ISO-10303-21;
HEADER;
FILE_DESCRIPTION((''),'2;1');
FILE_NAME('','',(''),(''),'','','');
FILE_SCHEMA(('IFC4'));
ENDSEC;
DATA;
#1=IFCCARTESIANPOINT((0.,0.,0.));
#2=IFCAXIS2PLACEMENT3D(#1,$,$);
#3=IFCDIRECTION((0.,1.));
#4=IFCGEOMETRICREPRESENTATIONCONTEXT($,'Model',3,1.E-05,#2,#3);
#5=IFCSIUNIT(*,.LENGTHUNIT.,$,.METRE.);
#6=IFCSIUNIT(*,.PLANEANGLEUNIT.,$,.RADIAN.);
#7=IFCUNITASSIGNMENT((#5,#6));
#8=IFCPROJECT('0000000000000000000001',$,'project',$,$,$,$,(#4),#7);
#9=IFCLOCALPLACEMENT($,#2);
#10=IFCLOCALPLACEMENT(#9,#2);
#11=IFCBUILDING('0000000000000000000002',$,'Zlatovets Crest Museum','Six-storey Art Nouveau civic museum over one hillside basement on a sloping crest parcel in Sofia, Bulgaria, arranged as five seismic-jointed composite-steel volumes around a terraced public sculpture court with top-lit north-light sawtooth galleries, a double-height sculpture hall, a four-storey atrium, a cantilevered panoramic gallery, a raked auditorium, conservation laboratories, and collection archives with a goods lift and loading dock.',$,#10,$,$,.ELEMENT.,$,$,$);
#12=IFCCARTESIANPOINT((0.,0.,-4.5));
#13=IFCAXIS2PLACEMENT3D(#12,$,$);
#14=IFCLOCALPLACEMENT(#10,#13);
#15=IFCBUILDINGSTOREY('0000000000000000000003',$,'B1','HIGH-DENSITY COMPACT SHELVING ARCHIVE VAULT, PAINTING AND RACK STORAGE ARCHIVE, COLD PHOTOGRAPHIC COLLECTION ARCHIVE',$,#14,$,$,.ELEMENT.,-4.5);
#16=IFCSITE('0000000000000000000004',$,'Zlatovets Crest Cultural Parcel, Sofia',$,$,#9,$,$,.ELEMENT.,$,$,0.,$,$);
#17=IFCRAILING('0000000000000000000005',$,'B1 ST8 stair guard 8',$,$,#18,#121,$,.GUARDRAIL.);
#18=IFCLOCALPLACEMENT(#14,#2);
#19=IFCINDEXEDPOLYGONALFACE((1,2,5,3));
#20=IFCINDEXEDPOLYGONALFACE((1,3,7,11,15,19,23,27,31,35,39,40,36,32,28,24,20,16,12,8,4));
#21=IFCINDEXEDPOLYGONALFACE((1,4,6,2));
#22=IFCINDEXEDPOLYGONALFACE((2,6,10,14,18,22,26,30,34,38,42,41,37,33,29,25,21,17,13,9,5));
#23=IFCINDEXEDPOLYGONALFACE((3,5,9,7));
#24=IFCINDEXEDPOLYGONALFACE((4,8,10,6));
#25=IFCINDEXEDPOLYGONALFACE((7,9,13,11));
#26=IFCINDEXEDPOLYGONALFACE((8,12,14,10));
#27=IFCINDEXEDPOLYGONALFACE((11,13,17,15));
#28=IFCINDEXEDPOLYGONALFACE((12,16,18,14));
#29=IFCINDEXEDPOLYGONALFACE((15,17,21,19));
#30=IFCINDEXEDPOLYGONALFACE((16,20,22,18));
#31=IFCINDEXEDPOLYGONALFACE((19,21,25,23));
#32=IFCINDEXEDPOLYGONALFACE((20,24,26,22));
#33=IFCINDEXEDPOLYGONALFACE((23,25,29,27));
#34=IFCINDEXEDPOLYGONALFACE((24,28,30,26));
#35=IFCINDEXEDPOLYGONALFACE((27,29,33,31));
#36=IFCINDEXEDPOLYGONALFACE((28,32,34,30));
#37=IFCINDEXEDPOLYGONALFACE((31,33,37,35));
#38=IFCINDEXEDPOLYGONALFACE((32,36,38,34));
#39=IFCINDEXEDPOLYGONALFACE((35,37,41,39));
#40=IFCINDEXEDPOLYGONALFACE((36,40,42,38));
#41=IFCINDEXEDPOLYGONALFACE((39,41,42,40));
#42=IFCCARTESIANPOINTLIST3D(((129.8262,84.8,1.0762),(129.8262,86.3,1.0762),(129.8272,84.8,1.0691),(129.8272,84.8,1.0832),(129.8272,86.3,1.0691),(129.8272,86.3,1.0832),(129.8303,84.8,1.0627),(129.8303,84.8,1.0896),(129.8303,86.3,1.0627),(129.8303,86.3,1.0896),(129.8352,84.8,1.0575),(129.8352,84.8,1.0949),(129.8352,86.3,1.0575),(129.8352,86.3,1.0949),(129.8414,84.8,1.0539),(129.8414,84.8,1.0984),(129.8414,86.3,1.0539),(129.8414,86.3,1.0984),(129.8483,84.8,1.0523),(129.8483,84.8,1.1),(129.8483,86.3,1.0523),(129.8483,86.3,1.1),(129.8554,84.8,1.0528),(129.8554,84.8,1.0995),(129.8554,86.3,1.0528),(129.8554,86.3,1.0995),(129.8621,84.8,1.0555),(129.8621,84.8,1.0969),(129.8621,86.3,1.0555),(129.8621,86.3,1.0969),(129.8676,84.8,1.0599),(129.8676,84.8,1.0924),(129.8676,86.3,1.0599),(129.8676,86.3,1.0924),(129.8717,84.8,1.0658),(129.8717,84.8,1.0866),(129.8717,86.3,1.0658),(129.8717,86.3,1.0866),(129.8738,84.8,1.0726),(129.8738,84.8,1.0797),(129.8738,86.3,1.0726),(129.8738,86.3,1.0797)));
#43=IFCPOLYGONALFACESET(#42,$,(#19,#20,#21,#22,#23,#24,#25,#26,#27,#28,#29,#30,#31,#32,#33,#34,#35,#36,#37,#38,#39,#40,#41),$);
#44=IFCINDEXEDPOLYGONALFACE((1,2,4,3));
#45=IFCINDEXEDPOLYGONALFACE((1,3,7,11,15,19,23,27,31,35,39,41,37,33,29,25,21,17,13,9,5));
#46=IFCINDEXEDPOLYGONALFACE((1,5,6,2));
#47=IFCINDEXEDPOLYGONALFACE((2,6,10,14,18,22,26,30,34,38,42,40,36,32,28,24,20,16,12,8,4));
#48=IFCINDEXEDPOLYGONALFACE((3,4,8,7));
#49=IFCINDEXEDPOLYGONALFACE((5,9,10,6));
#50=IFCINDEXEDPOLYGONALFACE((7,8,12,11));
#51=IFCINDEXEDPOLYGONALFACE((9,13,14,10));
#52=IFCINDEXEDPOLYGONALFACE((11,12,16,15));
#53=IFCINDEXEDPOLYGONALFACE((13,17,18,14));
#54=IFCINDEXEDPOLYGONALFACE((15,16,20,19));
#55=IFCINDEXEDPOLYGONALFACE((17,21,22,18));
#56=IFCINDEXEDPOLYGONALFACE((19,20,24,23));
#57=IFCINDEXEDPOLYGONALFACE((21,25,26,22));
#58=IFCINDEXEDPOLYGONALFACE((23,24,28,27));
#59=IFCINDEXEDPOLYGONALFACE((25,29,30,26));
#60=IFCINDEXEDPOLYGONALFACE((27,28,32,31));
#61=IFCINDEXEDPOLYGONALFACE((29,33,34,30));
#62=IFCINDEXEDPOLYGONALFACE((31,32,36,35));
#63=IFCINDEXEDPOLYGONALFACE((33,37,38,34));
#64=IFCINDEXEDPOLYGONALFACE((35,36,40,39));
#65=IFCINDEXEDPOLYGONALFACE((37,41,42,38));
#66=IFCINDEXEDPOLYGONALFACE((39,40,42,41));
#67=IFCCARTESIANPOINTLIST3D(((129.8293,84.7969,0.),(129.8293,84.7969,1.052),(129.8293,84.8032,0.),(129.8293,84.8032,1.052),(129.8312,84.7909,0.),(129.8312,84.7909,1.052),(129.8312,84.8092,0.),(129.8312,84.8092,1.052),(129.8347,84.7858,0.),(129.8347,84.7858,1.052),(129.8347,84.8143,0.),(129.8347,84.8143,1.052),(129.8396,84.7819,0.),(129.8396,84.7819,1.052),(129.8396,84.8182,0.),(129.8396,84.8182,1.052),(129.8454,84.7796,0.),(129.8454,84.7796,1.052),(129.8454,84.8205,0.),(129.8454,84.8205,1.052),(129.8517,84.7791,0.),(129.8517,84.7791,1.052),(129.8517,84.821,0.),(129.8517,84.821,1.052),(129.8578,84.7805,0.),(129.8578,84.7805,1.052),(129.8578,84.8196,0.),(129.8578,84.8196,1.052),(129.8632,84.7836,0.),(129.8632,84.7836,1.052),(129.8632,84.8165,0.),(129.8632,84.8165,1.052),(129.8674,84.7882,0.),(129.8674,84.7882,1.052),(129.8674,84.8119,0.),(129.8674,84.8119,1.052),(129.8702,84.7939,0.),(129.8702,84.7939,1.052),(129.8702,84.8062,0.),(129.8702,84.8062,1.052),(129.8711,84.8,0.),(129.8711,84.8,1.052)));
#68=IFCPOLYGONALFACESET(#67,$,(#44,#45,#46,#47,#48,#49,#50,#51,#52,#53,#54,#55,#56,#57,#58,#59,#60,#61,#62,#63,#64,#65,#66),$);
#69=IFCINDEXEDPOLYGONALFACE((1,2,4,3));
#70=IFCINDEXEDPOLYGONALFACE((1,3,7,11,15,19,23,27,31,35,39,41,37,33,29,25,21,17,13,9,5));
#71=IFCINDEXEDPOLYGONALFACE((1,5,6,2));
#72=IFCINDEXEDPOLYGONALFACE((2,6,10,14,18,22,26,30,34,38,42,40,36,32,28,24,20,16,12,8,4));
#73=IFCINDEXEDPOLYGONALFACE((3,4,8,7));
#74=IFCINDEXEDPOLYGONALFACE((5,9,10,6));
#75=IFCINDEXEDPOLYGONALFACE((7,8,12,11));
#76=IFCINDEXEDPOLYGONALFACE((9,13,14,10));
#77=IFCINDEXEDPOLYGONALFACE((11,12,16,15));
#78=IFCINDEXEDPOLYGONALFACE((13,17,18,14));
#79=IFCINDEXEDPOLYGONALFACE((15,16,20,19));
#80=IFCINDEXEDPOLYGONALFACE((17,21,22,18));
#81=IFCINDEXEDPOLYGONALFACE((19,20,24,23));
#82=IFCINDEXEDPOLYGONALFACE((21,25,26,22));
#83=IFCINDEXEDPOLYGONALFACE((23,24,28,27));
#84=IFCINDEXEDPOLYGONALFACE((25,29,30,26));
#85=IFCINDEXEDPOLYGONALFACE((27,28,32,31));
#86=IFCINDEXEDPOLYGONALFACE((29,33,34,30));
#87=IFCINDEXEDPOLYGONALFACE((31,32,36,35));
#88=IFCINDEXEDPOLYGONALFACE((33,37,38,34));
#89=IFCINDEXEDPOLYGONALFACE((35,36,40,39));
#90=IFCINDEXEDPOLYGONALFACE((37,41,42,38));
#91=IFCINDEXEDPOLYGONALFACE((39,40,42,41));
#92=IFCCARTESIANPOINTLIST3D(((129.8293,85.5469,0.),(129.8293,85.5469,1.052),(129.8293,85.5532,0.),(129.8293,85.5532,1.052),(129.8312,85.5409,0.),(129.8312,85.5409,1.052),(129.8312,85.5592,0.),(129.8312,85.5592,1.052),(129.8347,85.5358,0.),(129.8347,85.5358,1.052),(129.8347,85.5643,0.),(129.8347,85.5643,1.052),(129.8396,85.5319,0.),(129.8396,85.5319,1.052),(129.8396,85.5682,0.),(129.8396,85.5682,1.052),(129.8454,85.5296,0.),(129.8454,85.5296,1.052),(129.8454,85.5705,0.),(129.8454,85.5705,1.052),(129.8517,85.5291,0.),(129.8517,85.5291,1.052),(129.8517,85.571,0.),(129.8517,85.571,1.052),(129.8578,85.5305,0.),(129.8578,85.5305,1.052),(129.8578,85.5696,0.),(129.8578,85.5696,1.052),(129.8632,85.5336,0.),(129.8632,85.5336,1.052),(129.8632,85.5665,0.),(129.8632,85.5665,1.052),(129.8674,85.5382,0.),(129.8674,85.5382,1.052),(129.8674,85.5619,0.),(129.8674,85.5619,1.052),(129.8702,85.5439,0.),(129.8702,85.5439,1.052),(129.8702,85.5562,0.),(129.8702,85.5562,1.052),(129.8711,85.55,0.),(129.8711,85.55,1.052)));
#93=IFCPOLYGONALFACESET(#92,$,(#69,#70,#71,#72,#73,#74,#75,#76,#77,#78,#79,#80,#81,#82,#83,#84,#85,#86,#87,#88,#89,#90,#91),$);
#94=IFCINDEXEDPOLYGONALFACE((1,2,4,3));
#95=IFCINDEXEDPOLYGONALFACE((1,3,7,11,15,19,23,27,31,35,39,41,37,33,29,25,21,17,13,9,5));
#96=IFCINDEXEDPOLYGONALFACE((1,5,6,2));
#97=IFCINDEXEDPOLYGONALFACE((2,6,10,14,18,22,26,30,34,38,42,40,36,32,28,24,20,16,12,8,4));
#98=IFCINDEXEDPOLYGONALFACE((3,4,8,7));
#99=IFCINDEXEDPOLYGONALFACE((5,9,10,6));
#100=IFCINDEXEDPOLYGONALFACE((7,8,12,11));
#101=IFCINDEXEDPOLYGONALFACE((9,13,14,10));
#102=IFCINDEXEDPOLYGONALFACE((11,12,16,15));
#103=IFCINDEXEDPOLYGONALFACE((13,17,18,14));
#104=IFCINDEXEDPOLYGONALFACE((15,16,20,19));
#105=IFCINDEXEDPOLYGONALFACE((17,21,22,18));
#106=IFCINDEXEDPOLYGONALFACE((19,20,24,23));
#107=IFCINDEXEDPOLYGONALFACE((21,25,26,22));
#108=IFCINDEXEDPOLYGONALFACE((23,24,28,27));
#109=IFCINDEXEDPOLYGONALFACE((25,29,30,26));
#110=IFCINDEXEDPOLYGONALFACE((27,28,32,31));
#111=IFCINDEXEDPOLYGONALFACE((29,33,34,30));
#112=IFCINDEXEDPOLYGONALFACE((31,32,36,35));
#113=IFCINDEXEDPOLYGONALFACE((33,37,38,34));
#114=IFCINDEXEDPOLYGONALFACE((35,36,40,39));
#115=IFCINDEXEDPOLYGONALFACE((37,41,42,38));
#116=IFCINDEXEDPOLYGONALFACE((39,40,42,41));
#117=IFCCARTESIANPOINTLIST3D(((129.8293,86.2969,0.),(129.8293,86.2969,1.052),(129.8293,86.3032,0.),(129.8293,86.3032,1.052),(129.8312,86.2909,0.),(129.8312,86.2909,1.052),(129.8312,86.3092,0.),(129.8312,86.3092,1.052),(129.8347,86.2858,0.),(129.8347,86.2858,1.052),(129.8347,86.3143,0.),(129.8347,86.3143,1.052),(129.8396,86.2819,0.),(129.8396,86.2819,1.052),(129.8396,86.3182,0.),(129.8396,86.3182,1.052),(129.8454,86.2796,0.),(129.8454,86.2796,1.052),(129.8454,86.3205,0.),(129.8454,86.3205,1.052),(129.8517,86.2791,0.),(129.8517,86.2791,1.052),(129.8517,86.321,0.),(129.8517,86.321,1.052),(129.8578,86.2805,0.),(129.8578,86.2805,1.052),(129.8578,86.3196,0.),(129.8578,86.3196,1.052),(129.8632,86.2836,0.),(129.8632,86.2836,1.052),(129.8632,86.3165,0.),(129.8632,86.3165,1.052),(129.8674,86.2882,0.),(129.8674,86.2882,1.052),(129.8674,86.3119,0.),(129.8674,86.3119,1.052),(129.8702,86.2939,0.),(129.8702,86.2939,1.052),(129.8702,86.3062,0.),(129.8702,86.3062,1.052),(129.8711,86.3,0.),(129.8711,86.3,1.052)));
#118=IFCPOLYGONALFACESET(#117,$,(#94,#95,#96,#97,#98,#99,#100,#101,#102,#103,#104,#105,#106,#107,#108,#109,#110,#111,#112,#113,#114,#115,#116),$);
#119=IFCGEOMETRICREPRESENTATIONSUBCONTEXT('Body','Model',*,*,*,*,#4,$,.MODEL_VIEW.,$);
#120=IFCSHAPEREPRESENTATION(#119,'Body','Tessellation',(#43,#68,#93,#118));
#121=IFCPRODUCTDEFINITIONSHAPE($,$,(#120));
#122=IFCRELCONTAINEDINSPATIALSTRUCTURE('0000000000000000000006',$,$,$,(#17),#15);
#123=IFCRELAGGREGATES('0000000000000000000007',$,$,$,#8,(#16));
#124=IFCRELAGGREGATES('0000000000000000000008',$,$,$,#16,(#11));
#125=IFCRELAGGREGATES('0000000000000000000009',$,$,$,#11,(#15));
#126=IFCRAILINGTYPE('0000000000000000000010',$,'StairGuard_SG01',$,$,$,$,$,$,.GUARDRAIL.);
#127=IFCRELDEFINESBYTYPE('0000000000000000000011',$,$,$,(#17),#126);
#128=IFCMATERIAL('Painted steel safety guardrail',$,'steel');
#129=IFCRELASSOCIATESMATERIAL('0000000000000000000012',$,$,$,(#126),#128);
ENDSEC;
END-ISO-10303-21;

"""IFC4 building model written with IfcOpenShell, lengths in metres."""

from ifc_helpers import new_model, si_unit, direction, frame, origin, origin_2d, place, context, subcontext, project, spatial, circle, extrude, material, type_object, element, save


model = new_model("IFC4")

# Units and contexts
model_context = context("Model", 3, precision=1e-05, world=origin(), true_north=direction((0.0, 1.0)))
body_context = subcontext(model_context, "Body", "Model", "MODEL_VIEW")
ifc_project = project(units=[si_unit("LENGTHUNIT", "METRE"), si_unit("PLANEANGLEUNIT", "RADIAN")], contexts=[model_context])

# Site, building, storey
site_placement = place(None, origin())
site = spatial("IfcSite", under=ifc_project, at=site_placement, Name="Zlatovets Crest Cultural Parcel, Sofia", CompositionType="ELEMENT", RefElevation=0.0)
building_placement = place(site_placement, origin())
building = spatial("IfcBuilding", under=site, at=building_placement, Name="Zlatovets Crest Museum", Description="Six-storey Art Nouveau civic museum over one hillside basement on a sloping crest parcel in Sofia, Bulgaria, arranged as five seismic-jointed composite-steel volumes around a terraced public sculpture court with top-lit north-light sawtooth galleries, a double-height sculpture hall, a four-storey atrium, a cantilevered panoramic gallery, a raked auditorium, conservation laboratories, and collection archives with a goods lift and loading dock.", CompositionType="ELEMENT")
storey_placement = place(building_placement, frame((0.0, 0.0, -4.5)))
storey = spatial("IfcBuildingStorey", under=building, at=storey_placement, Name="B1", Description="HIGH-DENSITY COMPACT SHELVING ARCHIVE VAULT, PAINTING AND RACK STORAGE ARCHIVE, COLD PHOTOGRAPHIC COLLECTION ARCHIVE", CompositionType="ELEMENT", Elevation=-4.5)

# Railing
ifc_material_1 = material(Name="Painted steel safety guardrail", Category="steel")
railing_type = type_object("IfcRailingType", Name="StairGuard_SG01", PredefinedType="GUARDRAIL", material=ifc_material_1)
railing_placement = place(storey_placement, frame((129.8501, 84.8, 0.0)))
element("IfcRailing", 1, at=railing_placement, inside=storey, type_object=railing_type, Name="B1 ST8 stair guard 8", PredefinedType="GUARDRAIL", context=body_context, shape_type="SweptSolid", body=[
    extrude(circle(Radius=0.0239, at=origin_2d()), frame((0.0, 0.0, 1.0762), z_axis=(0.0, 1.0, 0.0), x_axis=(-1.0, 0.0, 0.0)), (0.0, 0.0, 1.0), 1.5),
    extrude(circle(Radius=0.021, at=origin_2d()), origin(), (0.0, 0.0, 1.0), 1.052),
    extrude(circle(Radius=0.021, at=origin_2d()), frame((0.0, 0.75, 0.0)), (0.0, 0.0, 1.0), 1.052),
    extrude(circle(Radius=0.021, at=origin_2d()), frame((0.0, 1.5, 0.0)), (0.0, 0.0, 1.0), 1.052),
])

save(model, "model.ifc")
